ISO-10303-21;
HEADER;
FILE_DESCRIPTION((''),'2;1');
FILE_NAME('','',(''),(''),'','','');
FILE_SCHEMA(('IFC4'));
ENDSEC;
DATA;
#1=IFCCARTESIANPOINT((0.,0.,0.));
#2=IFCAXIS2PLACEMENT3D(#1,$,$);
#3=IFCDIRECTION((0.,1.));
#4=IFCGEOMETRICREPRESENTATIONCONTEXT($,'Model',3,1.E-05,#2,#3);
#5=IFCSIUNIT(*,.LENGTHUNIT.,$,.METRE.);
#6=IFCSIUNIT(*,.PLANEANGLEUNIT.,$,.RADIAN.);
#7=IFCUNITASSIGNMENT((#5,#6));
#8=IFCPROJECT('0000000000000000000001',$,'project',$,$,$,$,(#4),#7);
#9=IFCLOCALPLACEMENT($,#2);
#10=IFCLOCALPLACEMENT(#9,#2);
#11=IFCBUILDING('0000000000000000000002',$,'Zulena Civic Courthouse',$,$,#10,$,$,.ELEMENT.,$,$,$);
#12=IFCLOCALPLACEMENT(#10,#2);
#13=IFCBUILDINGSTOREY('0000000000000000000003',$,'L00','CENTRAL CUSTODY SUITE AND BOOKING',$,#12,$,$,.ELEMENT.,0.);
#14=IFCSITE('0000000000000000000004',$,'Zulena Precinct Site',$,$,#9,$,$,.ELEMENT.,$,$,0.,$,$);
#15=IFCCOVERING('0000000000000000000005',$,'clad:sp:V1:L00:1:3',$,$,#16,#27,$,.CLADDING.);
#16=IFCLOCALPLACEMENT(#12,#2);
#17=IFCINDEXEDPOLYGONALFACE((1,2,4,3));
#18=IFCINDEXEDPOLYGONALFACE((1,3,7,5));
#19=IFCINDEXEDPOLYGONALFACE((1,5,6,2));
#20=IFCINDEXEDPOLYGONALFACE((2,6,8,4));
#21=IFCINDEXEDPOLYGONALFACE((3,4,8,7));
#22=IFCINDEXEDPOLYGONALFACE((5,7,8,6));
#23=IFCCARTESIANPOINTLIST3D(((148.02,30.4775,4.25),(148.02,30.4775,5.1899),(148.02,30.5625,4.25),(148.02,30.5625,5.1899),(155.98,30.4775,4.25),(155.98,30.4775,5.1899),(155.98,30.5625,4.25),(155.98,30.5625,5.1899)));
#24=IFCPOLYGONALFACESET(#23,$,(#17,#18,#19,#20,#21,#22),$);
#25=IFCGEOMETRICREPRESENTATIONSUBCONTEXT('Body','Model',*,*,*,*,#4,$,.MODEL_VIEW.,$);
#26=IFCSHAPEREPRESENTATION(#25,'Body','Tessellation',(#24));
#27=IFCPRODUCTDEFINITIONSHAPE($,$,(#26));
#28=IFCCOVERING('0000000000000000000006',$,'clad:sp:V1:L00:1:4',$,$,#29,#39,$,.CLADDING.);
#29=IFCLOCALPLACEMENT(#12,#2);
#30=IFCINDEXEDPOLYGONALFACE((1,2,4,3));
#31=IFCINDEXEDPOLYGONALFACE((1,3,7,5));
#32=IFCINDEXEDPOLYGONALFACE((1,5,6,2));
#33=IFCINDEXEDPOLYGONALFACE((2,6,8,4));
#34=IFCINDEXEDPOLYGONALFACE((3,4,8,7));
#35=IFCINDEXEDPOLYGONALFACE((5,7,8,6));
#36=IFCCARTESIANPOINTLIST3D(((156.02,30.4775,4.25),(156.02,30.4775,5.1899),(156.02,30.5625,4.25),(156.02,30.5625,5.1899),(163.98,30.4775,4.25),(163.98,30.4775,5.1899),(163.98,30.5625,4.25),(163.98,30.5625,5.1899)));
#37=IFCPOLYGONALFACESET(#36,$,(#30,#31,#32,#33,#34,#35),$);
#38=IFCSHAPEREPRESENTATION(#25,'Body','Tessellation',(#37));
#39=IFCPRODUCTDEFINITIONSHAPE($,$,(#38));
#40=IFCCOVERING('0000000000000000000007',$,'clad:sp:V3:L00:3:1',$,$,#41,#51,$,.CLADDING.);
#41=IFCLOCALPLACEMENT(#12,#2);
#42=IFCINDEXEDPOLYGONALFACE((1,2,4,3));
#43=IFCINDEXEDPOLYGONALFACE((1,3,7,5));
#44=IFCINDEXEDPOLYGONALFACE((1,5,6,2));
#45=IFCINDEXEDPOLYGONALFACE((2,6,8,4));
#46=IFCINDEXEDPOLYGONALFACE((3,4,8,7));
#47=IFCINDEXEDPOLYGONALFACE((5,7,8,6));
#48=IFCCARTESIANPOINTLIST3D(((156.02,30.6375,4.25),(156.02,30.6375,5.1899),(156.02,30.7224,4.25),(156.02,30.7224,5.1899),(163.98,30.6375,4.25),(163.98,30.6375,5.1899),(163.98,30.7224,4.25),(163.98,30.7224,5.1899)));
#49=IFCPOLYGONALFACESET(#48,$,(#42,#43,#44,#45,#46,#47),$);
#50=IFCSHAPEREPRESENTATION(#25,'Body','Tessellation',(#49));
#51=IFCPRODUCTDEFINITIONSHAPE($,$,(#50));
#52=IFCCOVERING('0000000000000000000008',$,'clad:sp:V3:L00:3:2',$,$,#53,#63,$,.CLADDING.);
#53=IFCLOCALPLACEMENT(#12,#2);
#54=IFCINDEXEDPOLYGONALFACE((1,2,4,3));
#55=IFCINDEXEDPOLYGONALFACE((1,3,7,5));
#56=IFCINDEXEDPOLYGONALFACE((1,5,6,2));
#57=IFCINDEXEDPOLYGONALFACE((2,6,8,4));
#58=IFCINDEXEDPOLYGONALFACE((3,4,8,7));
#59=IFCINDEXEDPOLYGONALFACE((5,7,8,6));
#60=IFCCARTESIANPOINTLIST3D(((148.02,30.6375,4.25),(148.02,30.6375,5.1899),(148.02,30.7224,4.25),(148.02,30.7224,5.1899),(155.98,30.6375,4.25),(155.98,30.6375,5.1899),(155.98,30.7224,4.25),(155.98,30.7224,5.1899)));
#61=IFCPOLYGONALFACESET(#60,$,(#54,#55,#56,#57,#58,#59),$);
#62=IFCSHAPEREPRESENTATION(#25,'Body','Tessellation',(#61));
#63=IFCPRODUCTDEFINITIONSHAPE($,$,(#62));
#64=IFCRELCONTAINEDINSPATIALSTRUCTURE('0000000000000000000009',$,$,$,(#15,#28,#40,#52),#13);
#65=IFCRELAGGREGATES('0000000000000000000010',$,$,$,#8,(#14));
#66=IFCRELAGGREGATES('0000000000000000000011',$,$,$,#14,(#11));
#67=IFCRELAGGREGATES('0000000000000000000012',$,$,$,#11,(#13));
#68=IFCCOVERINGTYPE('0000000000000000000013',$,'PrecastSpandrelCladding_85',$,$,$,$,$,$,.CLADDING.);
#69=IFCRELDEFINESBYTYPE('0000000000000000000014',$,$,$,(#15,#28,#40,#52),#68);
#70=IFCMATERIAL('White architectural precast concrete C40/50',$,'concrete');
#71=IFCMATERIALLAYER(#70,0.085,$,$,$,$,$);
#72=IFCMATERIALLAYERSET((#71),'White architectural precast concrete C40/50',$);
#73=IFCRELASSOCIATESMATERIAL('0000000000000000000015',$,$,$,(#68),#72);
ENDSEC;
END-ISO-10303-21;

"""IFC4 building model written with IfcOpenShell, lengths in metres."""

from ifc_helpers import new_model, si_unit, direction, frame, origin, origin_2d, place, context, subcontext, project, spatial, rectangle, extrude, material, layer, layer_set, type_object, element, save


model = new_model("IFC4")

# Units and contexts
model_context = context("Model", 3, precision=1e-05, world=origin(), true_north=direction((0.0, 1.0)))
body_context = subcontext(model_context, "Body", "Model", "MODEL_VIEW")
ifc_project = project(units=[si_unit("LENGTHUNIT", "METRE"), si_unit("PLANEANGLEUNIT", "RADIAN")], contexts=[model_context])

# Site, building, storey
site_placement = place(None, origin())
site = spatial("IfcSite", under=ifc_project, at=site_placement, Name="Zulena Precinct Site", CompositionType="ELEMENT", RefElevation=0.0)
building_placement = place(site_placement, origin())
building = spatial("IfcBuilding", under=site, at=building_placement, Name="Zulena Civic Courthouse", CompositionType="ELEMENT")
storey_placement = place(building_placement, origin())
storey = spatial("IfcBuildingStorey", under=building, at=storey_placement, Name="L00", Description="CENTRAL CUSTODY SUITE AND BOOKING", CompositionType="ELEMENT", Elevation=0.0)

# Coverings
ifc_material_1 = material(Name="White architectural precast concrete C40/50", Category="concrete")
ifc_layer_1 = layer(ifc_material_1, 0.085)
ifc_layer_set_1 = layer_set([ifc_layer_1], Name="White architectural precast concrete C40/50")
covering_type = type_object("IfcCoveringType", Name="PrecastSpandrelCladding_85", PredefinedType="CLADDING", material=ifc_layer_set_1)
for number, where, z_axis, x_axis, name in (
    (1, (152.0, 30.52, 4.25), (0.0, 0.0, 1.0), (1.0, 0.0, 0.0), "clad:sp:V1:L00:1:3"),
    (2, (160.0, 30.52, 4.25), (0.0, 0.0, 1.0), (1.0, 0.0, 0.0), "clad:sp:V1:L00:1:4"),
    (3, (160.0, 30.6799, 4.25), (0.0, 0.0, 1.0), (-1.0, 0.0, 0.0), "clad:sp:V3:L00:3:1"),
    (4, (152.0, 30.6799, 4.25), (0.0, 0.0, 1.0), (-1.0, 0.0, 0.0), "clad:sp:V3:L00:3:2"),
):
    element("IfcCovering", number, at=place(storey_placement, frame(where, z_axis=z_axis, x_axis=x_axis)), inside=storey, type_object=covering_type, Name=name, PredefinedType="CLADDING", context=body_context, shape_type="SweptSolid", body=[
        extrude(rectangle(XDim=7.96, YDim=0.085, at=origin_2d()), origin(), (0.0, 0.0, 1.0), 0.9399),
    ])

save(model, "model.ifc")
